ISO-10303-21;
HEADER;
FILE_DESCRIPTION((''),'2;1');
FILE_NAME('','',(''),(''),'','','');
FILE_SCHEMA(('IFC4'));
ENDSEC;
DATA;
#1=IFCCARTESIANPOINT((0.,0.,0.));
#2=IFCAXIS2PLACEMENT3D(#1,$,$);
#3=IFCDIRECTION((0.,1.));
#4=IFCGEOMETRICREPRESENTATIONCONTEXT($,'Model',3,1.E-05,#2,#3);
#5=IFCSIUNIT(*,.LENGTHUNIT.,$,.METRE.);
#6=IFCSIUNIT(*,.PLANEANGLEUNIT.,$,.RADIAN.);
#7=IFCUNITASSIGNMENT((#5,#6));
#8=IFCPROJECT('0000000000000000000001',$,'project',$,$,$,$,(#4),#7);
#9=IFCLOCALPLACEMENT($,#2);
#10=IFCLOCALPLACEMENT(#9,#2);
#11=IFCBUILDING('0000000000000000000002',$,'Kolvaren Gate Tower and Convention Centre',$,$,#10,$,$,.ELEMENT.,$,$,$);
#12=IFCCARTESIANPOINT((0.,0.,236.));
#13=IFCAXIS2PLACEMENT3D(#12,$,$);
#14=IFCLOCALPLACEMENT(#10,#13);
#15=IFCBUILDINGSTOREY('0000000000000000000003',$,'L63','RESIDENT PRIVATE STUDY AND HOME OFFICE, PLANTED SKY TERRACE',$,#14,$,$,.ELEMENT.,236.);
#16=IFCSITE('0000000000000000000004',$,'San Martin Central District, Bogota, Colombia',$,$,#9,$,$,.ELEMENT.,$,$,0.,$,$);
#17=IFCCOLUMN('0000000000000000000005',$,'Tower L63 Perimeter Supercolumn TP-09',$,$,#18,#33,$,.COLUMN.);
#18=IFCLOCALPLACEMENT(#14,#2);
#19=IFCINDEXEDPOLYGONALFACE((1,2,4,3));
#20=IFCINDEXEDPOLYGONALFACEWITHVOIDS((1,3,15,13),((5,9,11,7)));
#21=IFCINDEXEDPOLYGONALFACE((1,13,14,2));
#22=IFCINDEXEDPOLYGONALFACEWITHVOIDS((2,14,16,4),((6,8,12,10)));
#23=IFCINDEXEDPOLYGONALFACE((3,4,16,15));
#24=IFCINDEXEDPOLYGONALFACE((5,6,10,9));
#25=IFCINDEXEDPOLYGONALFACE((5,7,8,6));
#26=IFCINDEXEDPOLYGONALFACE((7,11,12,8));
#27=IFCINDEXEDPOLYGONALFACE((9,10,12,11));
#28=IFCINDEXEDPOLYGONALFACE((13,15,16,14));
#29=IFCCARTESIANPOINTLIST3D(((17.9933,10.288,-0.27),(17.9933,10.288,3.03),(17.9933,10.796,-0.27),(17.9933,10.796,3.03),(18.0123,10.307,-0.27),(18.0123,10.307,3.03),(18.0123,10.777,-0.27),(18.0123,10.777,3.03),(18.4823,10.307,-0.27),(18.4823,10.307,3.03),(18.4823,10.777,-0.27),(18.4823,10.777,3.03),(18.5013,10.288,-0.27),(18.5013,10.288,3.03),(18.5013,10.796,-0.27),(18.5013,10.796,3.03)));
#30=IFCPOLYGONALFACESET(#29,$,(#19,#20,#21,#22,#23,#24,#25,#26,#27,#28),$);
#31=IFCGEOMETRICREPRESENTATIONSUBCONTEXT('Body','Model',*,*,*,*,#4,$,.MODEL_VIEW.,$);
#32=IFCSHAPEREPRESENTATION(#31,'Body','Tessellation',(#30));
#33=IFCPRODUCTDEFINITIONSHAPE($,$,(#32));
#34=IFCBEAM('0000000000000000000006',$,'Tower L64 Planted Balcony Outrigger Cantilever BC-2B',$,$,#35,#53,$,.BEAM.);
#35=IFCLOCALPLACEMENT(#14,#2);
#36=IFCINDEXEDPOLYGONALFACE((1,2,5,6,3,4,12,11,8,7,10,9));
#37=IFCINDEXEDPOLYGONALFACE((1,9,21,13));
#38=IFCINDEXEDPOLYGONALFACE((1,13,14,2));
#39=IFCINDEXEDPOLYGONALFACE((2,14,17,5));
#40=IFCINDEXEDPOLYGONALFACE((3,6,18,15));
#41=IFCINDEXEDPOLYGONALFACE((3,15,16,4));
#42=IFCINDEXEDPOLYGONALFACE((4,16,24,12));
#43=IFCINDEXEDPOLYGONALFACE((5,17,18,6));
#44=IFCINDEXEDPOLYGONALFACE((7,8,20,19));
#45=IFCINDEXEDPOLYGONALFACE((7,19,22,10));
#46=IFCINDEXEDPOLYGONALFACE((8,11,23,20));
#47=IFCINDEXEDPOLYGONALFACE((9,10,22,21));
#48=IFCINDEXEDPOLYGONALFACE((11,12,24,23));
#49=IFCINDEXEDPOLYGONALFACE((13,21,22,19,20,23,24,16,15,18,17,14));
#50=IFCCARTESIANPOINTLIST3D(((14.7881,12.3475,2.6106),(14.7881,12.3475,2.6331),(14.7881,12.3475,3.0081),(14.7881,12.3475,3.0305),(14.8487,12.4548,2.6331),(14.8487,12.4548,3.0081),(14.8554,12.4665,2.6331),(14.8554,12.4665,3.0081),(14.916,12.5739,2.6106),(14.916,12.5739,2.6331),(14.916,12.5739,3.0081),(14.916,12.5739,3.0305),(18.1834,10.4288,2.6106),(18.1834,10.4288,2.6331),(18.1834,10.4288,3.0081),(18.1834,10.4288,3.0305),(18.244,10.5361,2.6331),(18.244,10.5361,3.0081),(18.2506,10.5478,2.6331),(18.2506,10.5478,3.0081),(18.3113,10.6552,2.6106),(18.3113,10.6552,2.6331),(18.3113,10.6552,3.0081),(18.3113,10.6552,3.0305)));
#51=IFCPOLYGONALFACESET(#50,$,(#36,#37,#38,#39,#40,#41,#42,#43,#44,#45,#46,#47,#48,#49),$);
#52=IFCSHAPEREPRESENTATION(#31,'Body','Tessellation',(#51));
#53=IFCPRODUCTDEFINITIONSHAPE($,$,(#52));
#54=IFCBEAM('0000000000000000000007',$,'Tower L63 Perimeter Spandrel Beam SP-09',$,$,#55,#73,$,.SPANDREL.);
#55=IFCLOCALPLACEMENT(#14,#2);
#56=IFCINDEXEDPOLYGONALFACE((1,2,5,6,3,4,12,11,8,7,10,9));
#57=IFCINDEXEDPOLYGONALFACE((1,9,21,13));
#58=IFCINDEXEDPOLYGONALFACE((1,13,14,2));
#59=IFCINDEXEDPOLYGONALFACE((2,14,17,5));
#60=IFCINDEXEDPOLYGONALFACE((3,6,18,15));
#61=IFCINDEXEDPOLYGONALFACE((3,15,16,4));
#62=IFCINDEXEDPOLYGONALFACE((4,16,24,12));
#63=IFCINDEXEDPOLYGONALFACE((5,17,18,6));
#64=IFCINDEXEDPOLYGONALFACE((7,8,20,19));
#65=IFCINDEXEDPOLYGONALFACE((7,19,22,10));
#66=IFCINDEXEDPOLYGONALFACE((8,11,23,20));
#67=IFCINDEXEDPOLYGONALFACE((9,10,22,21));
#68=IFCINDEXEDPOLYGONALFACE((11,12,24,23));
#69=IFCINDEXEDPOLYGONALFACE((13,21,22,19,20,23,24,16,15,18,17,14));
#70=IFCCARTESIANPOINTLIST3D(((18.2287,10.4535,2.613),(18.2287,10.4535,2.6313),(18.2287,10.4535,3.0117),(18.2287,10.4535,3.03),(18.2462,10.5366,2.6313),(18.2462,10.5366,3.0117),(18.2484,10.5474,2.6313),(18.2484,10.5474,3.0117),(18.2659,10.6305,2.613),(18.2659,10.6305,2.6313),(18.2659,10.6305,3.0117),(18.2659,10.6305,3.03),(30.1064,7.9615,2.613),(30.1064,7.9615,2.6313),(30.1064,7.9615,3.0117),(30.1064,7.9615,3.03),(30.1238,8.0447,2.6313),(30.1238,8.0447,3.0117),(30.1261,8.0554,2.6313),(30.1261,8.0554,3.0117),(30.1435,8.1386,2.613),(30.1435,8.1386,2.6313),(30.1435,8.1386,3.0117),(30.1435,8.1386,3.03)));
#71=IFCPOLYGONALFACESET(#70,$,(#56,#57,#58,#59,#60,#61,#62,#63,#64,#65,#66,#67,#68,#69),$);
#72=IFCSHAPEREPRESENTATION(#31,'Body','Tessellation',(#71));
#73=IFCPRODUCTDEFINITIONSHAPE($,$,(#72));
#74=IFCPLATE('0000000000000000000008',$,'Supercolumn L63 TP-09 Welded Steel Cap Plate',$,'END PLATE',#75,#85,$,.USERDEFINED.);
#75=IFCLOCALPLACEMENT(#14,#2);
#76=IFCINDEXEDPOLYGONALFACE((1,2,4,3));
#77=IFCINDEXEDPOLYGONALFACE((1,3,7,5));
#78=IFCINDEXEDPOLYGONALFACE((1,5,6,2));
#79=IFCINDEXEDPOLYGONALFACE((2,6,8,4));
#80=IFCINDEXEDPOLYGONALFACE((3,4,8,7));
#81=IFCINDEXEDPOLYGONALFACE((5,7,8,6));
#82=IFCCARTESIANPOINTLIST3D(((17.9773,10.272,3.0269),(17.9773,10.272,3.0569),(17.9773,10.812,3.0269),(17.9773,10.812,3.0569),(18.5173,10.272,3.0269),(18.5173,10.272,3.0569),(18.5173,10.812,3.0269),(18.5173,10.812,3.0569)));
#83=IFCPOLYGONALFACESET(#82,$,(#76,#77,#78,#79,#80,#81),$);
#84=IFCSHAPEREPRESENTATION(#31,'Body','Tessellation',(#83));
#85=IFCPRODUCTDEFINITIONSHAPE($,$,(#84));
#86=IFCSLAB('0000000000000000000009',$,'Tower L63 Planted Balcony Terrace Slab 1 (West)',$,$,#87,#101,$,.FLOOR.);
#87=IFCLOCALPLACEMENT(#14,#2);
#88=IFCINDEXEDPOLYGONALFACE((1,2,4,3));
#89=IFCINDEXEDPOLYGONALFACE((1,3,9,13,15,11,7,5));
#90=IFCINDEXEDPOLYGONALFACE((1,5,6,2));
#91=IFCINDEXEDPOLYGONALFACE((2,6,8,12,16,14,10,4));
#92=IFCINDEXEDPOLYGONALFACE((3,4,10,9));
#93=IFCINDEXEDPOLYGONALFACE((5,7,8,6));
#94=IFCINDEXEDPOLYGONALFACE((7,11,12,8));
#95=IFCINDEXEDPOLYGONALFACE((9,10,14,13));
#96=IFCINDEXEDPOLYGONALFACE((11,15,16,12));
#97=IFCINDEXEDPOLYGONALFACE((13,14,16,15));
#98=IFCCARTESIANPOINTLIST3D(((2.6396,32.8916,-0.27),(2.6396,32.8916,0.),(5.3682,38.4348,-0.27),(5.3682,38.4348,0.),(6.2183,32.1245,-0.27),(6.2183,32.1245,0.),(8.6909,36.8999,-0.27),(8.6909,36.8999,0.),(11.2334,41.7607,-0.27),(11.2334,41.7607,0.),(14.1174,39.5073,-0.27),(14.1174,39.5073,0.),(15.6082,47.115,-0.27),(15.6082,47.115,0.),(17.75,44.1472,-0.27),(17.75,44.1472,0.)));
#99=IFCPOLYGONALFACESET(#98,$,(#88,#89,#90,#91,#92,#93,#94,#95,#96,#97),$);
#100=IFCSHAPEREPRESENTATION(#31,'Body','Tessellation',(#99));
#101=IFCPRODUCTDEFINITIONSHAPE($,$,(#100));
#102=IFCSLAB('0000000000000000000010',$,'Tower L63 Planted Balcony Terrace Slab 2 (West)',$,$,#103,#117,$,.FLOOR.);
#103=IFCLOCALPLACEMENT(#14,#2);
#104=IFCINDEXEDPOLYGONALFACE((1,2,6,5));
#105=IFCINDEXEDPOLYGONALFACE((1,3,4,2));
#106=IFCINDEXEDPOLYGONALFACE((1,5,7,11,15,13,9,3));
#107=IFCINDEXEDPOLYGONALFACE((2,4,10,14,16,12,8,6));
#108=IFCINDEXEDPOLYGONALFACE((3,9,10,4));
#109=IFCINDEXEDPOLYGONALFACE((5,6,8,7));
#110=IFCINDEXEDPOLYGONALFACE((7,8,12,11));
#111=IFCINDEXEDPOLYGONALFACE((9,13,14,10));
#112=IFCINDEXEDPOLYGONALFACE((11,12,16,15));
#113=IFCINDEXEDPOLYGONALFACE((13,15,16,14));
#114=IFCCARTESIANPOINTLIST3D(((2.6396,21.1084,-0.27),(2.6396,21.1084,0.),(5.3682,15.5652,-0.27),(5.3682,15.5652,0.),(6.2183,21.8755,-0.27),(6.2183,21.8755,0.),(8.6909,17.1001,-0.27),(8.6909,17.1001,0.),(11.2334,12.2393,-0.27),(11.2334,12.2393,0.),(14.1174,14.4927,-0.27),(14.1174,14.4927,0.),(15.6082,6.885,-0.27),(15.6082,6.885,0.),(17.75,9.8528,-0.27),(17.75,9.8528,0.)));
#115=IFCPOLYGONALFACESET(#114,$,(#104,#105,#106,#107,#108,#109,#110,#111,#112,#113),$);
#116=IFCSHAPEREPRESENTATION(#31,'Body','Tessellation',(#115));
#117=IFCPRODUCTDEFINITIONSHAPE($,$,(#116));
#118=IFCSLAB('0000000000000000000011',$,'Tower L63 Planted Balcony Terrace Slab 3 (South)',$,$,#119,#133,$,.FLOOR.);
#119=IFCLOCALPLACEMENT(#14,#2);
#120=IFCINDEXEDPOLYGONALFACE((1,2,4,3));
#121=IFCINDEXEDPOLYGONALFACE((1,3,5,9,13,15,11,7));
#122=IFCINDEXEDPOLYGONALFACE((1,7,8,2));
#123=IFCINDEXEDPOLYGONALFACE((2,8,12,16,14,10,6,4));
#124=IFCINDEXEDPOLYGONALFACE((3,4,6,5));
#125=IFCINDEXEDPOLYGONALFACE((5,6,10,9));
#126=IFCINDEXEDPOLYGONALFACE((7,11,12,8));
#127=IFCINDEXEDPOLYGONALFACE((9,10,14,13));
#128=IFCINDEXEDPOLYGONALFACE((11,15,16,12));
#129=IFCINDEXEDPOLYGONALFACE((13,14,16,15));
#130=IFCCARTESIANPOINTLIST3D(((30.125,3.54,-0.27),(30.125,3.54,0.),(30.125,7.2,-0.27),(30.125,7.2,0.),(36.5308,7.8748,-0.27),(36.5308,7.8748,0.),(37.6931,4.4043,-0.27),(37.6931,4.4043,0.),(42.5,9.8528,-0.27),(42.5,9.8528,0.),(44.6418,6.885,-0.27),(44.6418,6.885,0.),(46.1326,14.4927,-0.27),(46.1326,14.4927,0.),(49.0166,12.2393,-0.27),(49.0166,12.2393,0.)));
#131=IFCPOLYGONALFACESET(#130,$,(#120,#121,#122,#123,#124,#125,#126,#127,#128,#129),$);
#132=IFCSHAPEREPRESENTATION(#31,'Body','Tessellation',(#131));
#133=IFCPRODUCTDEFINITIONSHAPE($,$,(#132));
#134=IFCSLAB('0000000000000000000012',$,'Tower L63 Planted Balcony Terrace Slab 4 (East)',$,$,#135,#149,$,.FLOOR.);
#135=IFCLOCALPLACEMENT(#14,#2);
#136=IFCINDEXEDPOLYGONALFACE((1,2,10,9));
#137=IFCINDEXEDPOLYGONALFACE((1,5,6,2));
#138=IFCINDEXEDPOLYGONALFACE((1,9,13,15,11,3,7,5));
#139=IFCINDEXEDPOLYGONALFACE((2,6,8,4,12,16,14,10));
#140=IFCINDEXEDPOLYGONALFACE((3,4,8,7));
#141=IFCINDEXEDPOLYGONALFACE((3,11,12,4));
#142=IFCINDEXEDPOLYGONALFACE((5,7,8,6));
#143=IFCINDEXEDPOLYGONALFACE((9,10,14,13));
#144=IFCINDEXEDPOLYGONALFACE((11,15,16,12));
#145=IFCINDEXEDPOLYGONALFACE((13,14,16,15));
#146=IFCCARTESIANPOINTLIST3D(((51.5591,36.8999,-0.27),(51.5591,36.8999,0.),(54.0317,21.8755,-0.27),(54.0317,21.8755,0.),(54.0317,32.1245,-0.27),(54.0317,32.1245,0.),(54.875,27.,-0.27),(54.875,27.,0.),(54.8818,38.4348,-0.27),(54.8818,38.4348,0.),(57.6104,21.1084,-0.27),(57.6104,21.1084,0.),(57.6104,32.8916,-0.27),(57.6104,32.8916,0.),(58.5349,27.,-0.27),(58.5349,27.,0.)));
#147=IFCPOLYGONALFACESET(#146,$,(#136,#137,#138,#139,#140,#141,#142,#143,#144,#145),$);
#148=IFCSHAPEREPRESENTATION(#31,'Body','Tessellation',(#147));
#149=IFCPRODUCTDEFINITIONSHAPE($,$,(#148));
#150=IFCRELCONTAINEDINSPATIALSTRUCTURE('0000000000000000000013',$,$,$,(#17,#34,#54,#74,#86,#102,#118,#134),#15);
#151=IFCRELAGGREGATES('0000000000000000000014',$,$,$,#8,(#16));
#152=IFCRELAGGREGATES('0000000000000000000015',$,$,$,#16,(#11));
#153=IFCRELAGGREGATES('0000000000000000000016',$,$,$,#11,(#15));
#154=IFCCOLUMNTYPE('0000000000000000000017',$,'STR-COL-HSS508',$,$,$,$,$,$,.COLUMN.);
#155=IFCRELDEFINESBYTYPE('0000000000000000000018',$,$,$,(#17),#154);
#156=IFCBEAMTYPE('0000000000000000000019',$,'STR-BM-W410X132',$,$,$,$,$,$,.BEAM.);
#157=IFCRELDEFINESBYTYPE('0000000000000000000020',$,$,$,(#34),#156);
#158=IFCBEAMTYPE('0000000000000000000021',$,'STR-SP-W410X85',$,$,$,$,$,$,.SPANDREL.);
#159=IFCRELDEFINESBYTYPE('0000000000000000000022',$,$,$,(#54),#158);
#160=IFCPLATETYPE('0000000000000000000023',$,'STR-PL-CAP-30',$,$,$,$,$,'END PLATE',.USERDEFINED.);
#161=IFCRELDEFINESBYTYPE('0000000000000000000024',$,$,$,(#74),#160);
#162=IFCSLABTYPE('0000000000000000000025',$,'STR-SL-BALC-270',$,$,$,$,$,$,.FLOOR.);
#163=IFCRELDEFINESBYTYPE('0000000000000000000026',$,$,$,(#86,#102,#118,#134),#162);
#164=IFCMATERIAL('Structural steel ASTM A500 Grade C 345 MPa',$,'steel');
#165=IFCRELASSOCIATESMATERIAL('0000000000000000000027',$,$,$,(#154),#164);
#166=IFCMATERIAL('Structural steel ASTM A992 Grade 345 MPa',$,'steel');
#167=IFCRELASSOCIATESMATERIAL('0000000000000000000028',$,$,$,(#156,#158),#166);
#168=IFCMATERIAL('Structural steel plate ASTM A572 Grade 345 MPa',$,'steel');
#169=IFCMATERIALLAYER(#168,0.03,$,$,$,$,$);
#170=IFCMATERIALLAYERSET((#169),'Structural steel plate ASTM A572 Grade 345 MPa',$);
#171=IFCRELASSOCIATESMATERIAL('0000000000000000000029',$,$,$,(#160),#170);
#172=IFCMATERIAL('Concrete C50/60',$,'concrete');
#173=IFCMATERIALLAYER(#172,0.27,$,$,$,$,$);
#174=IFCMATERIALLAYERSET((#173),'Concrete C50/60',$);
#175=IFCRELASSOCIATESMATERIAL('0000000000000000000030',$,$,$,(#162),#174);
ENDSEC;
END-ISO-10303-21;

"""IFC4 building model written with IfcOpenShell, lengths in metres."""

from ifc_helpers import new_model, si_unit, direction, frame, origin, origin_2d, place, context, subcontext, project, spatial, polyline, rectangle, hollow_rectangle, i_section, outline, extrude, material, layer, layer_set, material_profile, profile_set, type_object, element, save


model = new_model("IFC4")

# Units and contexts
model_context = context("Model", 3, precision=1e-05, world=origin(), true_north=direction((0.0, 1.0)))
body_context = subcontext(model_context, "Body", "Model", "MODEL_VIEW")
ifc_project = project(units=[si_unit("LENGTHUNIT", "METRE"), si_unit("PLANEANGLEUNIT", "RADIAN")], contexts=[model_context])

# Site, building, storey
site_placement = place(None, origin())
site = spatial("IfcSite", under=ifc_project, at=site_placement, Name="San Martin Central District, Bogota, Colombia", CompositionType="ELEMENT", RefElevation=0.0)
building_placement = place(site_placement, origin())
building = spatial("IfcBuilding", under=site, at=building_placement, Name="Kolvaren Gate Tower and Convention Centre", CompositionType="ELEMENT")
storey_placement = place(building_placement, frame((0.0, 0.0, 236.0)))
storey = spatial("IfcBuildingStorey", under=building, at=storey_placement, Name="L63", Description="RESIDENT PRIVATE STUDY AND HOME OFFICE, PLANTED SKY TERRACE", CompositionType="ELEMENT", Elevation=236.0)

# Column
ifc_material_1 = material(Name="Structural steel ASTM A500 Grade C 345 MPa", Category="steel")
ifc_material_profile_1 = material_profile(ifc_material_1, hollow_rectangle(XDim=0.5081, YDim=0.5081, WallThickness=0.019, at=origin_2d()), Name="HSS508X508X19.1")
ifc_profile_set_1 = profile_set([ifc_material_profile_1], Name="Structural steel ASTM A500 Grade C 345 MPa")
column_type = type_object("IfcColumnType", Name="STR-COL-HSS508", PredefinedType="COLUMN", material=ifc_profile_set_1)
column_placement = place(storey_placement, frame((18.2473, 10.542, -0.27), z_axis=(0.0, 0.0, 1.0), x_axis=(1.0, 0.0, 0.0)))
element("IfcColumn", 1, at=column_placement, inside=storey, type_object=column_type, Name="Tower L63 Perimeter Supercolumn TP-09", PredefinedType="COLUMN", context=body_context, shape_type="SweptSolid", body=[
    extrude(hollow_rectangle(XDim=0.5081, YDim=0.5081, WallThickness=0.019, at=origin_2d()), origin(), (0.0, 0.0, 1.0), 3.3),
])

# Beams
ifc_material_2 = material(Name="Structural steel ASTM A992 Grade 345 MPa", Category="steel")
ifc_material_profile_2 = material_profile(ifc_material_2, i_section(OverallWidth=0.26, OverallDepth=0.4199, WebThickness=0.0134, FlangeThickness=0.0225, at=origin_2d()), Name="W410X132")
ifc_profile_set_2 = profile_set([ifc_material_profile_2], Name="Structural steel ASTM A992 Grade 345 MPa")
beam_type_1 = type_object("IfcBeamType", Name="STR-BM-W410X132", PredefinedType="BEAM", material=ifc_profile_set_2)
beam_1_placement = place(storey_placement, frame((18.2473, 10.542, 2.8206), z_axis=(-0.870602, 0.491987, 0.0), x_axis=(-0.491987, -0.870602, 0.0)))
element("IfcBeam", 2, at=beam_1_placement, inside=storey, type_object=beam_type_1, Name="Tower L64 Planted Balcony Outrigger Cantilever BC-2B", PredefinedType="BEAM", context=body_context, shape_type="SweptSolid", body=[
    extrude(i_section(OverallWidth=0.26, OverallDepth=0.4199, WebThickness=0.0134, FlangeThickness=0.0225, at=origin_2d()), origin(), (0.0, 0.0, 1.0), 3.8999),
])
ifc_material_profile_3 = material_profile(ifc_material_2, i_section(OverallWidth=0.1809, OverallDepth=0.417, WebThickness=0.011, FlangeThickness=0.0183, at=origin_2d()), Name="W410X85")
ifc_profile_set_3 = profile_set([ifc_material_profile_3], Name="Structural steel ASTM A992 Grade 345 MPa")
beam_type_2 = type_object("IfcBeamType", Name="STR-SP-W410X85", PredefinedType="SPANDREL", material=ifc_profile_set_3)
beam_2_placement = place(storey_placement, frame((18.2473, 10.542, 2.8215), z_axis=(0.978693, -0.20533, 0.0), x_axis=(0.20533, 0.978693, 0.0)))
element("IfcBeam", 3, at=beam_2_placement, inside=storey, type_object=beam_type_2, Name="Tower L63 Perimeter Spandrel Beam SP-09", PredefinedType="SPANDREL", context=body_context, shape_type="SweptSolid", body=[
    extrude(i_section(OverallWidth=0.1809, OverallDepth=0.417, WebThickness=0.011, FlangeThickness=0.0183, at=origin_2d()), origin(), (0.0, 0.0, 1.0), 12.1362),
])

# Plate
ifc_material_3 = material(Name="Structural steel plate ASTM A572 Grade 345 MPa", Category="steel")
ifc_layer_1 = layer(ifc_material_3, 0.03)
ifc_layer_set_1 = layer_set([ifc_layer_1], Name="Structural steel plate ASTM A572 Grade 345 MPa")
plate_type = type_object("IfcPlateType", Name="STR-PL-CAP-30", ElementType="END PLATE", PredefinedType="USERDEFINED", material=ifc_layer_set_1)
plate_placement = place(storey_placement, frame((18.2473, 10.542, 3.0269), z_axis=(0.0, 0.0, 1.0), x_axis=(1.0, 0.0, 0.0)))
element("IfcPlate", 4, at=plate_placement, inside=storey, type_object=plate_type, Name="Supercolumn L63 TP-09 Welded Steel Cap Plate", ObjectType="END PLATE", PredefinedType="USERDEFINED", context=body_context, shape_type="SweptSolid", body=[
    extrude(rectangle(XDim=0.54, YDim=0.54, at=origin_2d()), origin(), (0.0, 0.0, 1.0), 0.03),
])

# Slabs
ifc_material_4 = material(Name="Concrete C50/60", Category="concrete")
ifc_layer_2 = layer(ifc_material_4, 0.27)
ifc_layer_set_2 = layer_set([ifc_layer_2], Name="Concrete C50/60")
slab_type_1 = type_object("IfcSlabType", Name="STR-SL-BALC-270", PredefinedType="FLOOR", material=ifc_layer_set_2)
slab_1_placement = place(storey_placement, frame((0.0, 0.0, -0.27)))
element("IfcSlab", 5, at=slab_1_placement, inside=storey, type_object=slab_type_1, Name="Tower L63 Planted Balcony Terrace Slab 1 (West)", PredefinedType="FLOOR", context=body_context, shape_type="SweptSolid", body=[
    extrude(outline(polyline([(17.75, 44.1472), (14.1174, 39.5073), (8.6909, 36.8999), (6.2183, 32.1245), (2.6396, 32.8916), (5.3682, 38.4348), (11.2334, 41.7607), (15.6082, 47.115), (17.75, 44.1472)])), origin(), (0.0, 0.0, 1.0), 0.27),
])
slab_2_placement = place(storey_placement, frame((0.0, 0.0, -0.27)))
element("IfcSlab", 6, at=slab_2_placement, inside=storey, type_object=slab_type_1, Name="Tower L63 Planted Balcony Terrace Slab 2 (West)", PredefinedType="FLOOR", context=body_context, shape_type="SweptSolid", body=[
    extrude(outline(polyline([(6.2183, 21.8755), (8.6909, 17.1001), (14.1174, 14.4927), (17.75, 9.8528), (15.6082, 6.885), (11.2334, 12.2393), (5.3682, 15.5652), (2.6396, 21.1084), (6.2183, 21.8755)])), origin(), (0.0, 0.0, 1.0), 0.27),
])
slab_3_placement = place(storey_placement, frame((0.0, 0.0, -0.27)))
element("IfcSlab", 7, at=slab_3_placement, inside=storey, type_object=slab_type_1, Name="Tower L63 Planted Balcony Terrace Slab 3 (South)", PredefinedType="FLOOR", context=body_context, shape_type="SweptSolid", body=[
    extrude(outline(polyline([(30.125, 7.2), (36.5308, 7.8748), (42.5, 9.8528), (46.1326, 14.4927), (49.0166, 12.2393), (44.6418, 6.885), (37.6931, 4.4043), (30.125, 3.54), (30.125, 7.2)])), origin(), (0.0, 0.0, 1.0), 0.27),
])
slab_4_placement = place(storey_placement, frame((0.0, 0.0, -0.27)))
element("IfcSlab", 8, at=slab_4_placement, inside=storey, type_object=slab_type_1, Name="Tower L63 Planted Balcony Terrace Slab 4 (East)", PredefinedType="FLOOR", context=body_context, shape_type="SweptSolid", body=[
    extrude(outline(polyline([(54.0317, 21.8755), (54.875, 27.0), (54.0317, 32.1245), (51.5591, 36.8999), (54.8818, 38.4348), (57.6104, 32.8916), (58.5349, 27.0), (57.6104, 21.1084), (54.0317, 21.8755)])), origin(), (0.0, 0.0, 1.0), 0.27),
])

save(model, "model.ifc")
